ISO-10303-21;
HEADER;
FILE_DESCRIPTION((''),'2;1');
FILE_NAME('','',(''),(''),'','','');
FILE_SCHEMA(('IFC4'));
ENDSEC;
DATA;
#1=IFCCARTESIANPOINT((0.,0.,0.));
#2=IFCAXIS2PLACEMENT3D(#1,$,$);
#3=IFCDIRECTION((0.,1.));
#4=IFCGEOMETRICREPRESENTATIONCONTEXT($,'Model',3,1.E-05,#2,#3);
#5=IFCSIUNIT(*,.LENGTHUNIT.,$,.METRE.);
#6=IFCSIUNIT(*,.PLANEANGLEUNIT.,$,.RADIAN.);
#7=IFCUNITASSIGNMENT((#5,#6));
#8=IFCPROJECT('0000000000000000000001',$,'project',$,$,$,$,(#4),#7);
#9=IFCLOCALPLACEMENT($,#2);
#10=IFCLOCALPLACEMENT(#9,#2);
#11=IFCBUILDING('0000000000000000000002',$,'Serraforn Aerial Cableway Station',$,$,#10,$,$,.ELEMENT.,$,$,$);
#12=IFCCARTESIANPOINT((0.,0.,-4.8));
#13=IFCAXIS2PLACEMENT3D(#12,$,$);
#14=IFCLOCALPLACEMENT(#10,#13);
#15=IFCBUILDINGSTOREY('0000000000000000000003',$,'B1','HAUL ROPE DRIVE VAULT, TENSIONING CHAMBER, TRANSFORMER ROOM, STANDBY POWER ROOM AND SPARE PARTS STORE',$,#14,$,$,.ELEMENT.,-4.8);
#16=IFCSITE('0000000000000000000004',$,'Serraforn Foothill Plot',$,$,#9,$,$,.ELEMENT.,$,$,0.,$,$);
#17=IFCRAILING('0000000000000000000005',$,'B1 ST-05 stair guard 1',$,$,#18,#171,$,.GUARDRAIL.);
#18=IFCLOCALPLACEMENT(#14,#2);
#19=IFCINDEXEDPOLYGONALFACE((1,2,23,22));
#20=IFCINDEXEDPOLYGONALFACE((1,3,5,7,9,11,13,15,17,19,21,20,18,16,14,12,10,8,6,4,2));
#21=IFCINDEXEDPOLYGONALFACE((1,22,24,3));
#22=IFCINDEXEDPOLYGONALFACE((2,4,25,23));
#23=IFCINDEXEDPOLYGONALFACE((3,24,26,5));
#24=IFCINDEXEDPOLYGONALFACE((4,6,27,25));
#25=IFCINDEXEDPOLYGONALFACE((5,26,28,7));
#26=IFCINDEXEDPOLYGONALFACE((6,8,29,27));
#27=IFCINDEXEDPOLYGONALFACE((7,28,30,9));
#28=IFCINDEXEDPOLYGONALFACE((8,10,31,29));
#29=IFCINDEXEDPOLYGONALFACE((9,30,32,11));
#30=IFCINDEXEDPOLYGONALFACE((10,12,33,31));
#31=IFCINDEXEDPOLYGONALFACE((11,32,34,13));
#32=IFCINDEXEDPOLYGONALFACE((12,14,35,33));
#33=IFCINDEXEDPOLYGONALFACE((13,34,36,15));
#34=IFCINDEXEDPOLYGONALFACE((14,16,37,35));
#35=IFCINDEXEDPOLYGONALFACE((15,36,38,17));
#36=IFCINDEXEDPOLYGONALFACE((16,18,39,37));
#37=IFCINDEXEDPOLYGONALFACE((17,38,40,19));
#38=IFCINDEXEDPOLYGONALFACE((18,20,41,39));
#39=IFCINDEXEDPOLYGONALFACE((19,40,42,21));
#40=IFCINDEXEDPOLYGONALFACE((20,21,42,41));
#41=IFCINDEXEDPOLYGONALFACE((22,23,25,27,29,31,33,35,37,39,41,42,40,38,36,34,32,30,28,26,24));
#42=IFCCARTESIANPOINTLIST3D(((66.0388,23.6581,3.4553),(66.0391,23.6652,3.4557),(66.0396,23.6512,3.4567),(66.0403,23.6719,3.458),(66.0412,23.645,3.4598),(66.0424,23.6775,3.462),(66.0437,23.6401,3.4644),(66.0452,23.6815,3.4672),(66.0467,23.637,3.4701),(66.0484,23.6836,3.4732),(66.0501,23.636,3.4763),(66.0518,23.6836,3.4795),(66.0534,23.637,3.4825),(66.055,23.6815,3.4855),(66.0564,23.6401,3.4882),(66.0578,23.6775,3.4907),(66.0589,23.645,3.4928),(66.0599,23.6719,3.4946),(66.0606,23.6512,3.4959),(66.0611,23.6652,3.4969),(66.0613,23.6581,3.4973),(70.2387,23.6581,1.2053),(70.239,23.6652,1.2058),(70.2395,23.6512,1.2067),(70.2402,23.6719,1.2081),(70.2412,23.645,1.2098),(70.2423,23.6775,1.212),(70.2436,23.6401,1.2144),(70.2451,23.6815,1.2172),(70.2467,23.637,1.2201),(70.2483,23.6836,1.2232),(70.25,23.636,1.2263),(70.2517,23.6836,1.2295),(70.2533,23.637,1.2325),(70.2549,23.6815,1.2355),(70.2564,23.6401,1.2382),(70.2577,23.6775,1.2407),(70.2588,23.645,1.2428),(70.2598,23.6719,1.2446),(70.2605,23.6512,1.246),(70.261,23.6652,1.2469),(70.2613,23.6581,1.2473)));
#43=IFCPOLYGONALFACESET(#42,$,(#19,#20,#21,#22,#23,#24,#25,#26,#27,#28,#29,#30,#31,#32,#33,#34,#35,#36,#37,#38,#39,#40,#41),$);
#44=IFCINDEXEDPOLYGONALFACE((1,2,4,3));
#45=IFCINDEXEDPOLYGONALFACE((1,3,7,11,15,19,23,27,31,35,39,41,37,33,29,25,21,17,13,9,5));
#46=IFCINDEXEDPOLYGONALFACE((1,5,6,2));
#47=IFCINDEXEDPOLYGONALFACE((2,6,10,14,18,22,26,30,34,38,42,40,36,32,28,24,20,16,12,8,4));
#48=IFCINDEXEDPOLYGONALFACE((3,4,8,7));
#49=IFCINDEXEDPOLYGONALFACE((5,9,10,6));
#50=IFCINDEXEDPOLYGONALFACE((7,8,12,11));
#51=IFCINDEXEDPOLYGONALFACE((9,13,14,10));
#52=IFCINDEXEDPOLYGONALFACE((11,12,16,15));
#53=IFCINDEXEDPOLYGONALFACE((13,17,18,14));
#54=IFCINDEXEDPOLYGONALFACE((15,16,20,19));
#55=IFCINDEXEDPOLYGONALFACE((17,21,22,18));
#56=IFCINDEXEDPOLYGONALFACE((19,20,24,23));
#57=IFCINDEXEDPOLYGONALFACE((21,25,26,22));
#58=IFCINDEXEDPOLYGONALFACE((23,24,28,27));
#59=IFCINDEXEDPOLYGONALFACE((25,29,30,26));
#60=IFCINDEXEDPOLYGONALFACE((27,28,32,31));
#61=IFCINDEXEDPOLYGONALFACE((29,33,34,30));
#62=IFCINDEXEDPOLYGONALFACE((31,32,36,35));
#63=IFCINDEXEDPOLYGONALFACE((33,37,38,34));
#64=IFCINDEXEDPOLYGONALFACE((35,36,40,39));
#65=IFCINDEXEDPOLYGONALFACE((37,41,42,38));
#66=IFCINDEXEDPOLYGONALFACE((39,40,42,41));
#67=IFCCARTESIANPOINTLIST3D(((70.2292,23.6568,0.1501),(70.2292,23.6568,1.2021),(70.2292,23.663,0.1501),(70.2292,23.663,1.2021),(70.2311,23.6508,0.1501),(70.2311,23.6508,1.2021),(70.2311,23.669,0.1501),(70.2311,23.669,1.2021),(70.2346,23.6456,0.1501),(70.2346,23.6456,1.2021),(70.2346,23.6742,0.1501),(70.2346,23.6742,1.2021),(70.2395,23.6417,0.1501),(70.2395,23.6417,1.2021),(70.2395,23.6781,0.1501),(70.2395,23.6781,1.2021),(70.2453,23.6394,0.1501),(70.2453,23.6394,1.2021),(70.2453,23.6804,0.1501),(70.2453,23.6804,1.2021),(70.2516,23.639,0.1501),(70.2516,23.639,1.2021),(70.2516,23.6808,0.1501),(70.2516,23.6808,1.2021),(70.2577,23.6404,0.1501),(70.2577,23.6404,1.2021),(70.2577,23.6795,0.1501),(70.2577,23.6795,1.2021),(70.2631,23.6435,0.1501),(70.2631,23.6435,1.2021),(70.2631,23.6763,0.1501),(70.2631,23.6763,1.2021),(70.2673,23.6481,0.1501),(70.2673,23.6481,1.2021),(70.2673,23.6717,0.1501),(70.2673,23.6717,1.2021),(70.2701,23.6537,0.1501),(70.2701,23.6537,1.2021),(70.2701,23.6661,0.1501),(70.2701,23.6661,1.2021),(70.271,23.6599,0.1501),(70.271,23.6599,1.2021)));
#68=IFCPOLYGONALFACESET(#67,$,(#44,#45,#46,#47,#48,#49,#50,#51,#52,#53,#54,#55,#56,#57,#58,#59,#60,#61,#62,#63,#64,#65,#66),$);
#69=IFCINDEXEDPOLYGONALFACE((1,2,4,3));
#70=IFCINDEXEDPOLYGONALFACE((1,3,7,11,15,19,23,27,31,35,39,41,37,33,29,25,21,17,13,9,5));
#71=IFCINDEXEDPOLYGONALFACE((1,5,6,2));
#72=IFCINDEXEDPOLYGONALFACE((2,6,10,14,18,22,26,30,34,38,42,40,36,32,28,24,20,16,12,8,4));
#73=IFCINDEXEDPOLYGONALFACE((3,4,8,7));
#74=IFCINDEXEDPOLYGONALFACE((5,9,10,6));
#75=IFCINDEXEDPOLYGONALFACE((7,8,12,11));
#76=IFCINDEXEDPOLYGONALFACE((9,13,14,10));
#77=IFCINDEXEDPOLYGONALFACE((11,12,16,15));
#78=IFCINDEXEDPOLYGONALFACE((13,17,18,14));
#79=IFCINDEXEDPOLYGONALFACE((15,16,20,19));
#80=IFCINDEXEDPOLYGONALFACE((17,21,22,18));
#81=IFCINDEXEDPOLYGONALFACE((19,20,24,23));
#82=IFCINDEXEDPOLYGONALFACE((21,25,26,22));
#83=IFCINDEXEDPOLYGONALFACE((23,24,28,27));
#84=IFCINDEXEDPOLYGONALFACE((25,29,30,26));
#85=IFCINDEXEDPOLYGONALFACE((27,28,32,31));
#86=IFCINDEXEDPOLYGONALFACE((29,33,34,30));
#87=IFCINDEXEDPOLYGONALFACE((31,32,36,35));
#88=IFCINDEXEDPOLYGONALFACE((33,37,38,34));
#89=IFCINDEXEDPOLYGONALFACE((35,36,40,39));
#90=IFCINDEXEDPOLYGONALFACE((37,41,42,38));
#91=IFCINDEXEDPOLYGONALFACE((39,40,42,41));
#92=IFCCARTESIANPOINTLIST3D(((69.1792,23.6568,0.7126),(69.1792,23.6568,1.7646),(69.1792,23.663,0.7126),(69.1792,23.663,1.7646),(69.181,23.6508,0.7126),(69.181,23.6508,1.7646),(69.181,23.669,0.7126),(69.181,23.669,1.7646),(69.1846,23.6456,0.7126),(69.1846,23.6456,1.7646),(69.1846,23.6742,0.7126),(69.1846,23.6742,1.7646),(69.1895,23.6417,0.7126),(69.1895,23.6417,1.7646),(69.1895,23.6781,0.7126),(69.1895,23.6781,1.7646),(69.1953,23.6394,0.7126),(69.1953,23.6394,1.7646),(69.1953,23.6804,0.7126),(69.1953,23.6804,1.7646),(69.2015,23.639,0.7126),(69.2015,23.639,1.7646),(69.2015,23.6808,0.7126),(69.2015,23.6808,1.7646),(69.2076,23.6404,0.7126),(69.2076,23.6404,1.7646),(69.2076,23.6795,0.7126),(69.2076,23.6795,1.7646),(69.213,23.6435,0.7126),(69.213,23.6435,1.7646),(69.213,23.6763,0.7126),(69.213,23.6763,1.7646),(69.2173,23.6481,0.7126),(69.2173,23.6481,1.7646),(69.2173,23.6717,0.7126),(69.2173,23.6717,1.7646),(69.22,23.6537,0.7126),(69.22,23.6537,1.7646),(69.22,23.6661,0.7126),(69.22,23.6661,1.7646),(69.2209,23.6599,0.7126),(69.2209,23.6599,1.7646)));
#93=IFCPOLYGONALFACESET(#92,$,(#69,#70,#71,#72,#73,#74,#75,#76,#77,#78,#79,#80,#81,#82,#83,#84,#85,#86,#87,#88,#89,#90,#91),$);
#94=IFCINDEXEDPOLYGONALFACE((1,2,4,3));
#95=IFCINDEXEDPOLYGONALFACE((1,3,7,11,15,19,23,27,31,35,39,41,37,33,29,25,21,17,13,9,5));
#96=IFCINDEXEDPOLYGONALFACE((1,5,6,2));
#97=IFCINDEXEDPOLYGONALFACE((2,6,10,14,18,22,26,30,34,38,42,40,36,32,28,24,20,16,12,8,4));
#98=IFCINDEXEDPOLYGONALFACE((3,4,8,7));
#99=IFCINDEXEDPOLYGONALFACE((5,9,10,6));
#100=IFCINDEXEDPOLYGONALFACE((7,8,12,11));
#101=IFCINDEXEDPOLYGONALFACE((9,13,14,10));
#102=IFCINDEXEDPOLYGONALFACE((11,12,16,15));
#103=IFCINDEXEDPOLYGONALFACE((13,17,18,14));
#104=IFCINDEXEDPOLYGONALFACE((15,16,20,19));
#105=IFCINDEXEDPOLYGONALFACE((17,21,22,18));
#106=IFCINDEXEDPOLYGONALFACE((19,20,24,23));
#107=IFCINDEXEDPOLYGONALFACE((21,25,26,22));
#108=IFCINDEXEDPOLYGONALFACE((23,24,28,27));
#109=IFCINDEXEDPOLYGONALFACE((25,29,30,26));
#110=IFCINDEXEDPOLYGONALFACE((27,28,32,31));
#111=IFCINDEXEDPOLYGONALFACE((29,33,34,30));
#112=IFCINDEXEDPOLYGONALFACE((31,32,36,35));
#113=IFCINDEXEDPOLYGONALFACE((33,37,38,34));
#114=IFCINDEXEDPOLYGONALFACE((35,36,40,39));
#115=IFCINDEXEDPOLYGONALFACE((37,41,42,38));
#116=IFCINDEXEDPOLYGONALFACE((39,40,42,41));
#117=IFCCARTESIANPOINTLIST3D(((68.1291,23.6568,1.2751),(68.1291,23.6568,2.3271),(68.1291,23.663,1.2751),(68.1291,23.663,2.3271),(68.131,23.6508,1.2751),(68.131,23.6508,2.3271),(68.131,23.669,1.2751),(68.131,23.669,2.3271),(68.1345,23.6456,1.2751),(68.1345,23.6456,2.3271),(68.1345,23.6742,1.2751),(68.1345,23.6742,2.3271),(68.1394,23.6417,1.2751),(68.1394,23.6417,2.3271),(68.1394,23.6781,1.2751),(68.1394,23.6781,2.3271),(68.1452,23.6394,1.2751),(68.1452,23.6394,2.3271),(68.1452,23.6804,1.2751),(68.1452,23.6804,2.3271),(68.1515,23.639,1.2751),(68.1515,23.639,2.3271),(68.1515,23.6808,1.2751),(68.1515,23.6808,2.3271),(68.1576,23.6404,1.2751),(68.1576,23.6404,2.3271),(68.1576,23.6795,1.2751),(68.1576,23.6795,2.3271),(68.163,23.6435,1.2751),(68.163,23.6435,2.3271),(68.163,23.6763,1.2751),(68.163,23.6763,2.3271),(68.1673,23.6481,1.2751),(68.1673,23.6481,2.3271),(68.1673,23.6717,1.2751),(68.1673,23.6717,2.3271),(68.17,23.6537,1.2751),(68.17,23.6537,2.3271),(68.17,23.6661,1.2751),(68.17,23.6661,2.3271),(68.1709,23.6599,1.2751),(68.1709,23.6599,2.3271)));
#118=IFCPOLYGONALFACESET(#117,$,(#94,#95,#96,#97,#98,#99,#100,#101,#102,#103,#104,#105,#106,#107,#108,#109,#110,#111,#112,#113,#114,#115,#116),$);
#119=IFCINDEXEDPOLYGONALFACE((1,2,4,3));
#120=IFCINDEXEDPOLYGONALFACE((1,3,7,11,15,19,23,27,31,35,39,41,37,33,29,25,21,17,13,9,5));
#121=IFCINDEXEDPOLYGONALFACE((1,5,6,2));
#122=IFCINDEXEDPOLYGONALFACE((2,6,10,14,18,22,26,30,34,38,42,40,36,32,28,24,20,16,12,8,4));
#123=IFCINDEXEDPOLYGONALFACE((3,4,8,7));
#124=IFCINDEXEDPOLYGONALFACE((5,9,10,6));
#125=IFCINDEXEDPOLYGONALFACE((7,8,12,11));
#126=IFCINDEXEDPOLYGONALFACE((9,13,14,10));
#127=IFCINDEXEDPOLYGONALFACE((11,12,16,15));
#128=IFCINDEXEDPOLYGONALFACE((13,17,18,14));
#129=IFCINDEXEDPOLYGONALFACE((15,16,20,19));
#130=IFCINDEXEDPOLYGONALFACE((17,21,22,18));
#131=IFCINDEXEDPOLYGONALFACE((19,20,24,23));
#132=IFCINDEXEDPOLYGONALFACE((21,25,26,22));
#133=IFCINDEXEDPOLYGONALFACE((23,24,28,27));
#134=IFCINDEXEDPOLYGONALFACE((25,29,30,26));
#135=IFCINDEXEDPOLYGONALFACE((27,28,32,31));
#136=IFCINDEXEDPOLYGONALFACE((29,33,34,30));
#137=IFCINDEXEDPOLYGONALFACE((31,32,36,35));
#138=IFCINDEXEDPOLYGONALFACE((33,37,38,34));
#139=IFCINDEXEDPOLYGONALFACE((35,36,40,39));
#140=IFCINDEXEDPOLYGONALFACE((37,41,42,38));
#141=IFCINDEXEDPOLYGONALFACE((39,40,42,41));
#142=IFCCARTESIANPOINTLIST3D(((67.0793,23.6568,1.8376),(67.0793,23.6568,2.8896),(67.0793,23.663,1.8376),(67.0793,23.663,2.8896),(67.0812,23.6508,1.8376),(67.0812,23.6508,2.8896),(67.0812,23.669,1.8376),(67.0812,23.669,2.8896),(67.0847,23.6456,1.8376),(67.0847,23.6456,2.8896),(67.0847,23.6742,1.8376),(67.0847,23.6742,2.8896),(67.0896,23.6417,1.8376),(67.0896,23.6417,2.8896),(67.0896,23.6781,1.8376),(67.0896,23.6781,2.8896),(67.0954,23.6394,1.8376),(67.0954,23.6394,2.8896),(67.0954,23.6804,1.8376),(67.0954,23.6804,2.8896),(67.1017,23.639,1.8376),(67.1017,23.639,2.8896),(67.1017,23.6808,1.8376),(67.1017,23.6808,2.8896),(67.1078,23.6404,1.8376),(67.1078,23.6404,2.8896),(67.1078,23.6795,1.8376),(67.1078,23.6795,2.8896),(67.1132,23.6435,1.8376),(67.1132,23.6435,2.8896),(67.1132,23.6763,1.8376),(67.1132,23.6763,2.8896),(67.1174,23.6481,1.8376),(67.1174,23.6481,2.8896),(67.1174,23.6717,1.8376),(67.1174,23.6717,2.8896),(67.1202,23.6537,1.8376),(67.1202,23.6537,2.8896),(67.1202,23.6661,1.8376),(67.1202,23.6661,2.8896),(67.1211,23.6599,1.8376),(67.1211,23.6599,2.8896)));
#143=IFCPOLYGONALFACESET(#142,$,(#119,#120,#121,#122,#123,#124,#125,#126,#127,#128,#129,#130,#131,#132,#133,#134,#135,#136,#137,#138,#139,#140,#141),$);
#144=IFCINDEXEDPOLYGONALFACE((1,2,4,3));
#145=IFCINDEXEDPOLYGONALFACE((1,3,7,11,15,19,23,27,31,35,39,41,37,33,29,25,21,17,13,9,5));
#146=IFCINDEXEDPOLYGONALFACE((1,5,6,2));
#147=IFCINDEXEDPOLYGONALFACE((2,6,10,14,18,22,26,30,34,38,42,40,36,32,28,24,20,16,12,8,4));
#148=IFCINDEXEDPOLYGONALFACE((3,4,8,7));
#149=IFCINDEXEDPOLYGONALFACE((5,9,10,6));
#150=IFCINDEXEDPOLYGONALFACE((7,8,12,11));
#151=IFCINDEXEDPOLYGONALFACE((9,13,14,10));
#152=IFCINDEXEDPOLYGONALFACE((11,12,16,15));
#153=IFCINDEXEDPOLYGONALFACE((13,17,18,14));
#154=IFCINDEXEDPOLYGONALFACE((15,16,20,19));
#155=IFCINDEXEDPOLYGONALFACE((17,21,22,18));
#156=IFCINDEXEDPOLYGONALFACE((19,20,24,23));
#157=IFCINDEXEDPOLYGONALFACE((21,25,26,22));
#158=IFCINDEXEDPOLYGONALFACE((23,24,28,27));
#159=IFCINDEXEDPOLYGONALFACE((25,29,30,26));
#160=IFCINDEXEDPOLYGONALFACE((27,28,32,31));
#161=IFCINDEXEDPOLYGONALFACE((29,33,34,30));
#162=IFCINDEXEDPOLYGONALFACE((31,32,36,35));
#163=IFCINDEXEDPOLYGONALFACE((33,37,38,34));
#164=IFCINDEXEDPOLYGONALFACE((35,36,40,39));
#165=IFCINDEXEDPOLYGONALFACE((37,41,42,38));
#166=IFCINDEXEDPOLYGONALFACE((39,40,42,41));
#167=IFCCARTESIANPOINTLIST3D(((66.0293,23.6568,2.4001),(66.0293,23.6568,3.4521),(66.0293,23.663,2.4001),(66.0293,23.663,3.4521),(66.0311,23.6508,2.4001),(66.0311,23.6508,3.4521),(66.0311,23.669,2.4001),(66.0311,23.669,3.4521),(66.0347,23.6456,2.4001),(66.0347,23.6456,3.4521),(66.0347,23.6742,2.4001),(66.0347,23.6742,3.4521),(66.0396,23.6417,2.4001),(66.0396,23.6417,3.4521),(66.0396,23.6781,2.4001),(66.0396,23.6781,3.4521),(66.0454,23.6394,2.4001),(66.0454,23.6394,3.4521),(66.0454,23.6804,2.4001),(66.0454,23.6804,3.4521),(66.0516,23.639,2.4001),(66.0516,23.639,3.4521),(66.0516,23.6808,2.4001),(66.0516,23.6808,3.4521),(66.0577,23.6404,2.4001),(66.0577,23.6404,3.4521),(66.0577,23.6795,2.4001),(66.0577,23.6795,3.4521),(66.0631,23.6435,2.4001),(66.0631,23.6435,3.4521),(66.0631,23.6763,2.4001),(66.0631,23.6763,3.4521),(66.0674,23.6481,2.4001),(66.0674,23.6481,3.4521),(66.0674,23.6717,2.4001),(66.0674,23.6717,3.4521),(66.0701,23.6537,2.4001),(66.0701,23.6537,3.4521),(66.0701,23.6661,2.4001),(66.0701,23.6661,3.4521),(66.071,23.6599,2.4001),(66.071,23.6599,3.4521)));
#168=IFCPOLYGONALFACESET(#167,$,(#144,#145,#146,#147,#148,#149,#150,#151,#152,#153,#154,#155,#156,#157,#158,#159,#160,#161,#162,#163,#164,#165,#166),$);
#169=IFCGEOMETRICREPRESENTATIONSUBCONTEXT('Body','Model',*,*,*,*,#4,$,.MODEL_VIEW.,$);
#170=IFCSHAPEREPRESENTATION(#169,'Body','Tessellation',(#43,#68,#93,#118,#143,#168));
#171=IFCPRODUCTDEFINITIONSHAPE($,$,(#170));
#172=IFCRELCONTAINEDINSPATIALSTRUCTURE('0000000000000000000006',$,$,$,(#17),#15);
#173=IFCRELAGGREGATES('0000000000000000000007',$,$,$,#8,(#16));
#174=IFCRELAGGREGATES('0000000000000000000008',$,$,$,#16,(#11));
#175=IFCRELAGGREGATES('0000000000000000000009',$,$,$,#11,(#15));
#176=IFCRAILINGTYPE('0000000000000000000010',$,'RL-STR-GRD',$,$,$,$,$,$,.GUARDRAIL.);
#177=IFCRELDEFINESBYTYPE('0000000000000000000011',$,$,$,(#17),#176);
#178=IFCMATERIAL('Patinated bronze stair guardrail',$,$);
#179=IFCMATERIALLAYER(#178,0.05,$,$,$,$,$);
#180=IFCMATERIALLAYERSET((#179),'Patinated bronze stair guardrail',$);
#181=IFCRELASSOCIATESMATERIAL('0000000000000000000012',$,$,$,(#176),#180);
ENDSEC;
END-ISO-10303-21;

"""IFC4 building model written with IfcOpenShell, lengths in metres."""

from ifc_helpers import new_model, si_unit, direction, frame, origin, origin_2d, place, context, subcontext, project, spatial, circle, extrude, material, layer, layer_set, type_object, element, save


model = new_model("IFC4")

# Units and contexts
model_context = context("Model", 3, precision=1e-05, world=origin(), true_north=direction((0.0, 1.0)))
body_context = subcontext(model_context, "Body", "Model", "MODEL_VIEW")
ifc_project = project(units=[si_unit("LENGTHUNIT", "METRE"), si_unit("PLANEANGLEUNIT", "RADIAN")], contexts=[model_context])

# Site, building, storey
site_placement = place(None, origin())
site = spatial("IfcSite", under=ifc_project, at=site_placement, Name="Serraforn Foothill Plot", CompositionType="ELEMENT", RefElevation=0.0)
building_placement = place(site_placement, origin())
building = spatial("IfcBuilding", under=site, at=building_placement, Name="Serraforn Aerial Cableway Station", CompositionType="ELEMENT")
storey_placement = place(building_placement, frame((0.0, 0.0, -4.8)))
storey = spatial("IfcBuildingStorey", under=building, at=storey_placement, Name="B1", Description="HAUL ROPE DRIVE VAULT, TENSIONING CHAMBER, TRANSFORMER ROOM, STANDBY POWER ROOM AND SPARE PARTS STORE", CompositionType="ELEMENT", Elevation=-4.8)

# Railing
ifc_material_1 = material(Name="Patinated bronze stair guardrail")
ifc_layer_1 = layer(ifc_material_1, 0.05)
ifc_layer_set_1 = layer_set([ifc_layer_1], Name="Patinated bronze stair guardrail")
railing_type_1 = type_object("IfcRailingType", Name="RL-STR-GRD", PredefinedType="GUARDRAIL", material=ifc_layer_set_1)
railing_1_placement = place(storey_placement, frame((70.25, 23.6599, 0.1501)))
element("IfcRailing", 1, at=railing_1_placement, inside=storey, type_object=railing_type_1, Name="B1 ST-05 stair guard 1", PredefinedType="GUARDRAIL", context=body_context, shape_type="SweptSolid", body=[
    extrude(circle(Radius=0.0239, at=origin_2d()), frame((0.0, 0.0, 1.0762), z_axis=(-0.881478, 0.0, 0.472226), x_axis=(0.0, -1.0, 0.0)), (0.0, 0.0, 1.0), 4.7646),
    extrude(circle(Radius=0.021, at=origin_2d()), origin(), (0.0, 0.0, 1.0), 1.052),
    extrude(circle(Radius=0.021, at=origin_2d()), frame((-1.05, 0.0, 0.5625)), (0.0, 0.0, 1.0), 1.052),
    extrude(circle(Radius=0.021, at=origin_2d()), frame((-2.1001, 0.0, 1.125)), (0.0, 0.0, 1.0), 1.052),
    extrude(circle(Radius=0.021, at=origin_2d()), frame((-3.1499, 0.0, 1.6875)), (0.0, 0.0, 1.0), 1.052),
    extrude(circle(Radius=0.021, at=origin_2d()), frame((-4.2, 0.0, 2.25)), (0.0, 0.0, 1.0), 1.052),
])

save(model, "model.ifc")
